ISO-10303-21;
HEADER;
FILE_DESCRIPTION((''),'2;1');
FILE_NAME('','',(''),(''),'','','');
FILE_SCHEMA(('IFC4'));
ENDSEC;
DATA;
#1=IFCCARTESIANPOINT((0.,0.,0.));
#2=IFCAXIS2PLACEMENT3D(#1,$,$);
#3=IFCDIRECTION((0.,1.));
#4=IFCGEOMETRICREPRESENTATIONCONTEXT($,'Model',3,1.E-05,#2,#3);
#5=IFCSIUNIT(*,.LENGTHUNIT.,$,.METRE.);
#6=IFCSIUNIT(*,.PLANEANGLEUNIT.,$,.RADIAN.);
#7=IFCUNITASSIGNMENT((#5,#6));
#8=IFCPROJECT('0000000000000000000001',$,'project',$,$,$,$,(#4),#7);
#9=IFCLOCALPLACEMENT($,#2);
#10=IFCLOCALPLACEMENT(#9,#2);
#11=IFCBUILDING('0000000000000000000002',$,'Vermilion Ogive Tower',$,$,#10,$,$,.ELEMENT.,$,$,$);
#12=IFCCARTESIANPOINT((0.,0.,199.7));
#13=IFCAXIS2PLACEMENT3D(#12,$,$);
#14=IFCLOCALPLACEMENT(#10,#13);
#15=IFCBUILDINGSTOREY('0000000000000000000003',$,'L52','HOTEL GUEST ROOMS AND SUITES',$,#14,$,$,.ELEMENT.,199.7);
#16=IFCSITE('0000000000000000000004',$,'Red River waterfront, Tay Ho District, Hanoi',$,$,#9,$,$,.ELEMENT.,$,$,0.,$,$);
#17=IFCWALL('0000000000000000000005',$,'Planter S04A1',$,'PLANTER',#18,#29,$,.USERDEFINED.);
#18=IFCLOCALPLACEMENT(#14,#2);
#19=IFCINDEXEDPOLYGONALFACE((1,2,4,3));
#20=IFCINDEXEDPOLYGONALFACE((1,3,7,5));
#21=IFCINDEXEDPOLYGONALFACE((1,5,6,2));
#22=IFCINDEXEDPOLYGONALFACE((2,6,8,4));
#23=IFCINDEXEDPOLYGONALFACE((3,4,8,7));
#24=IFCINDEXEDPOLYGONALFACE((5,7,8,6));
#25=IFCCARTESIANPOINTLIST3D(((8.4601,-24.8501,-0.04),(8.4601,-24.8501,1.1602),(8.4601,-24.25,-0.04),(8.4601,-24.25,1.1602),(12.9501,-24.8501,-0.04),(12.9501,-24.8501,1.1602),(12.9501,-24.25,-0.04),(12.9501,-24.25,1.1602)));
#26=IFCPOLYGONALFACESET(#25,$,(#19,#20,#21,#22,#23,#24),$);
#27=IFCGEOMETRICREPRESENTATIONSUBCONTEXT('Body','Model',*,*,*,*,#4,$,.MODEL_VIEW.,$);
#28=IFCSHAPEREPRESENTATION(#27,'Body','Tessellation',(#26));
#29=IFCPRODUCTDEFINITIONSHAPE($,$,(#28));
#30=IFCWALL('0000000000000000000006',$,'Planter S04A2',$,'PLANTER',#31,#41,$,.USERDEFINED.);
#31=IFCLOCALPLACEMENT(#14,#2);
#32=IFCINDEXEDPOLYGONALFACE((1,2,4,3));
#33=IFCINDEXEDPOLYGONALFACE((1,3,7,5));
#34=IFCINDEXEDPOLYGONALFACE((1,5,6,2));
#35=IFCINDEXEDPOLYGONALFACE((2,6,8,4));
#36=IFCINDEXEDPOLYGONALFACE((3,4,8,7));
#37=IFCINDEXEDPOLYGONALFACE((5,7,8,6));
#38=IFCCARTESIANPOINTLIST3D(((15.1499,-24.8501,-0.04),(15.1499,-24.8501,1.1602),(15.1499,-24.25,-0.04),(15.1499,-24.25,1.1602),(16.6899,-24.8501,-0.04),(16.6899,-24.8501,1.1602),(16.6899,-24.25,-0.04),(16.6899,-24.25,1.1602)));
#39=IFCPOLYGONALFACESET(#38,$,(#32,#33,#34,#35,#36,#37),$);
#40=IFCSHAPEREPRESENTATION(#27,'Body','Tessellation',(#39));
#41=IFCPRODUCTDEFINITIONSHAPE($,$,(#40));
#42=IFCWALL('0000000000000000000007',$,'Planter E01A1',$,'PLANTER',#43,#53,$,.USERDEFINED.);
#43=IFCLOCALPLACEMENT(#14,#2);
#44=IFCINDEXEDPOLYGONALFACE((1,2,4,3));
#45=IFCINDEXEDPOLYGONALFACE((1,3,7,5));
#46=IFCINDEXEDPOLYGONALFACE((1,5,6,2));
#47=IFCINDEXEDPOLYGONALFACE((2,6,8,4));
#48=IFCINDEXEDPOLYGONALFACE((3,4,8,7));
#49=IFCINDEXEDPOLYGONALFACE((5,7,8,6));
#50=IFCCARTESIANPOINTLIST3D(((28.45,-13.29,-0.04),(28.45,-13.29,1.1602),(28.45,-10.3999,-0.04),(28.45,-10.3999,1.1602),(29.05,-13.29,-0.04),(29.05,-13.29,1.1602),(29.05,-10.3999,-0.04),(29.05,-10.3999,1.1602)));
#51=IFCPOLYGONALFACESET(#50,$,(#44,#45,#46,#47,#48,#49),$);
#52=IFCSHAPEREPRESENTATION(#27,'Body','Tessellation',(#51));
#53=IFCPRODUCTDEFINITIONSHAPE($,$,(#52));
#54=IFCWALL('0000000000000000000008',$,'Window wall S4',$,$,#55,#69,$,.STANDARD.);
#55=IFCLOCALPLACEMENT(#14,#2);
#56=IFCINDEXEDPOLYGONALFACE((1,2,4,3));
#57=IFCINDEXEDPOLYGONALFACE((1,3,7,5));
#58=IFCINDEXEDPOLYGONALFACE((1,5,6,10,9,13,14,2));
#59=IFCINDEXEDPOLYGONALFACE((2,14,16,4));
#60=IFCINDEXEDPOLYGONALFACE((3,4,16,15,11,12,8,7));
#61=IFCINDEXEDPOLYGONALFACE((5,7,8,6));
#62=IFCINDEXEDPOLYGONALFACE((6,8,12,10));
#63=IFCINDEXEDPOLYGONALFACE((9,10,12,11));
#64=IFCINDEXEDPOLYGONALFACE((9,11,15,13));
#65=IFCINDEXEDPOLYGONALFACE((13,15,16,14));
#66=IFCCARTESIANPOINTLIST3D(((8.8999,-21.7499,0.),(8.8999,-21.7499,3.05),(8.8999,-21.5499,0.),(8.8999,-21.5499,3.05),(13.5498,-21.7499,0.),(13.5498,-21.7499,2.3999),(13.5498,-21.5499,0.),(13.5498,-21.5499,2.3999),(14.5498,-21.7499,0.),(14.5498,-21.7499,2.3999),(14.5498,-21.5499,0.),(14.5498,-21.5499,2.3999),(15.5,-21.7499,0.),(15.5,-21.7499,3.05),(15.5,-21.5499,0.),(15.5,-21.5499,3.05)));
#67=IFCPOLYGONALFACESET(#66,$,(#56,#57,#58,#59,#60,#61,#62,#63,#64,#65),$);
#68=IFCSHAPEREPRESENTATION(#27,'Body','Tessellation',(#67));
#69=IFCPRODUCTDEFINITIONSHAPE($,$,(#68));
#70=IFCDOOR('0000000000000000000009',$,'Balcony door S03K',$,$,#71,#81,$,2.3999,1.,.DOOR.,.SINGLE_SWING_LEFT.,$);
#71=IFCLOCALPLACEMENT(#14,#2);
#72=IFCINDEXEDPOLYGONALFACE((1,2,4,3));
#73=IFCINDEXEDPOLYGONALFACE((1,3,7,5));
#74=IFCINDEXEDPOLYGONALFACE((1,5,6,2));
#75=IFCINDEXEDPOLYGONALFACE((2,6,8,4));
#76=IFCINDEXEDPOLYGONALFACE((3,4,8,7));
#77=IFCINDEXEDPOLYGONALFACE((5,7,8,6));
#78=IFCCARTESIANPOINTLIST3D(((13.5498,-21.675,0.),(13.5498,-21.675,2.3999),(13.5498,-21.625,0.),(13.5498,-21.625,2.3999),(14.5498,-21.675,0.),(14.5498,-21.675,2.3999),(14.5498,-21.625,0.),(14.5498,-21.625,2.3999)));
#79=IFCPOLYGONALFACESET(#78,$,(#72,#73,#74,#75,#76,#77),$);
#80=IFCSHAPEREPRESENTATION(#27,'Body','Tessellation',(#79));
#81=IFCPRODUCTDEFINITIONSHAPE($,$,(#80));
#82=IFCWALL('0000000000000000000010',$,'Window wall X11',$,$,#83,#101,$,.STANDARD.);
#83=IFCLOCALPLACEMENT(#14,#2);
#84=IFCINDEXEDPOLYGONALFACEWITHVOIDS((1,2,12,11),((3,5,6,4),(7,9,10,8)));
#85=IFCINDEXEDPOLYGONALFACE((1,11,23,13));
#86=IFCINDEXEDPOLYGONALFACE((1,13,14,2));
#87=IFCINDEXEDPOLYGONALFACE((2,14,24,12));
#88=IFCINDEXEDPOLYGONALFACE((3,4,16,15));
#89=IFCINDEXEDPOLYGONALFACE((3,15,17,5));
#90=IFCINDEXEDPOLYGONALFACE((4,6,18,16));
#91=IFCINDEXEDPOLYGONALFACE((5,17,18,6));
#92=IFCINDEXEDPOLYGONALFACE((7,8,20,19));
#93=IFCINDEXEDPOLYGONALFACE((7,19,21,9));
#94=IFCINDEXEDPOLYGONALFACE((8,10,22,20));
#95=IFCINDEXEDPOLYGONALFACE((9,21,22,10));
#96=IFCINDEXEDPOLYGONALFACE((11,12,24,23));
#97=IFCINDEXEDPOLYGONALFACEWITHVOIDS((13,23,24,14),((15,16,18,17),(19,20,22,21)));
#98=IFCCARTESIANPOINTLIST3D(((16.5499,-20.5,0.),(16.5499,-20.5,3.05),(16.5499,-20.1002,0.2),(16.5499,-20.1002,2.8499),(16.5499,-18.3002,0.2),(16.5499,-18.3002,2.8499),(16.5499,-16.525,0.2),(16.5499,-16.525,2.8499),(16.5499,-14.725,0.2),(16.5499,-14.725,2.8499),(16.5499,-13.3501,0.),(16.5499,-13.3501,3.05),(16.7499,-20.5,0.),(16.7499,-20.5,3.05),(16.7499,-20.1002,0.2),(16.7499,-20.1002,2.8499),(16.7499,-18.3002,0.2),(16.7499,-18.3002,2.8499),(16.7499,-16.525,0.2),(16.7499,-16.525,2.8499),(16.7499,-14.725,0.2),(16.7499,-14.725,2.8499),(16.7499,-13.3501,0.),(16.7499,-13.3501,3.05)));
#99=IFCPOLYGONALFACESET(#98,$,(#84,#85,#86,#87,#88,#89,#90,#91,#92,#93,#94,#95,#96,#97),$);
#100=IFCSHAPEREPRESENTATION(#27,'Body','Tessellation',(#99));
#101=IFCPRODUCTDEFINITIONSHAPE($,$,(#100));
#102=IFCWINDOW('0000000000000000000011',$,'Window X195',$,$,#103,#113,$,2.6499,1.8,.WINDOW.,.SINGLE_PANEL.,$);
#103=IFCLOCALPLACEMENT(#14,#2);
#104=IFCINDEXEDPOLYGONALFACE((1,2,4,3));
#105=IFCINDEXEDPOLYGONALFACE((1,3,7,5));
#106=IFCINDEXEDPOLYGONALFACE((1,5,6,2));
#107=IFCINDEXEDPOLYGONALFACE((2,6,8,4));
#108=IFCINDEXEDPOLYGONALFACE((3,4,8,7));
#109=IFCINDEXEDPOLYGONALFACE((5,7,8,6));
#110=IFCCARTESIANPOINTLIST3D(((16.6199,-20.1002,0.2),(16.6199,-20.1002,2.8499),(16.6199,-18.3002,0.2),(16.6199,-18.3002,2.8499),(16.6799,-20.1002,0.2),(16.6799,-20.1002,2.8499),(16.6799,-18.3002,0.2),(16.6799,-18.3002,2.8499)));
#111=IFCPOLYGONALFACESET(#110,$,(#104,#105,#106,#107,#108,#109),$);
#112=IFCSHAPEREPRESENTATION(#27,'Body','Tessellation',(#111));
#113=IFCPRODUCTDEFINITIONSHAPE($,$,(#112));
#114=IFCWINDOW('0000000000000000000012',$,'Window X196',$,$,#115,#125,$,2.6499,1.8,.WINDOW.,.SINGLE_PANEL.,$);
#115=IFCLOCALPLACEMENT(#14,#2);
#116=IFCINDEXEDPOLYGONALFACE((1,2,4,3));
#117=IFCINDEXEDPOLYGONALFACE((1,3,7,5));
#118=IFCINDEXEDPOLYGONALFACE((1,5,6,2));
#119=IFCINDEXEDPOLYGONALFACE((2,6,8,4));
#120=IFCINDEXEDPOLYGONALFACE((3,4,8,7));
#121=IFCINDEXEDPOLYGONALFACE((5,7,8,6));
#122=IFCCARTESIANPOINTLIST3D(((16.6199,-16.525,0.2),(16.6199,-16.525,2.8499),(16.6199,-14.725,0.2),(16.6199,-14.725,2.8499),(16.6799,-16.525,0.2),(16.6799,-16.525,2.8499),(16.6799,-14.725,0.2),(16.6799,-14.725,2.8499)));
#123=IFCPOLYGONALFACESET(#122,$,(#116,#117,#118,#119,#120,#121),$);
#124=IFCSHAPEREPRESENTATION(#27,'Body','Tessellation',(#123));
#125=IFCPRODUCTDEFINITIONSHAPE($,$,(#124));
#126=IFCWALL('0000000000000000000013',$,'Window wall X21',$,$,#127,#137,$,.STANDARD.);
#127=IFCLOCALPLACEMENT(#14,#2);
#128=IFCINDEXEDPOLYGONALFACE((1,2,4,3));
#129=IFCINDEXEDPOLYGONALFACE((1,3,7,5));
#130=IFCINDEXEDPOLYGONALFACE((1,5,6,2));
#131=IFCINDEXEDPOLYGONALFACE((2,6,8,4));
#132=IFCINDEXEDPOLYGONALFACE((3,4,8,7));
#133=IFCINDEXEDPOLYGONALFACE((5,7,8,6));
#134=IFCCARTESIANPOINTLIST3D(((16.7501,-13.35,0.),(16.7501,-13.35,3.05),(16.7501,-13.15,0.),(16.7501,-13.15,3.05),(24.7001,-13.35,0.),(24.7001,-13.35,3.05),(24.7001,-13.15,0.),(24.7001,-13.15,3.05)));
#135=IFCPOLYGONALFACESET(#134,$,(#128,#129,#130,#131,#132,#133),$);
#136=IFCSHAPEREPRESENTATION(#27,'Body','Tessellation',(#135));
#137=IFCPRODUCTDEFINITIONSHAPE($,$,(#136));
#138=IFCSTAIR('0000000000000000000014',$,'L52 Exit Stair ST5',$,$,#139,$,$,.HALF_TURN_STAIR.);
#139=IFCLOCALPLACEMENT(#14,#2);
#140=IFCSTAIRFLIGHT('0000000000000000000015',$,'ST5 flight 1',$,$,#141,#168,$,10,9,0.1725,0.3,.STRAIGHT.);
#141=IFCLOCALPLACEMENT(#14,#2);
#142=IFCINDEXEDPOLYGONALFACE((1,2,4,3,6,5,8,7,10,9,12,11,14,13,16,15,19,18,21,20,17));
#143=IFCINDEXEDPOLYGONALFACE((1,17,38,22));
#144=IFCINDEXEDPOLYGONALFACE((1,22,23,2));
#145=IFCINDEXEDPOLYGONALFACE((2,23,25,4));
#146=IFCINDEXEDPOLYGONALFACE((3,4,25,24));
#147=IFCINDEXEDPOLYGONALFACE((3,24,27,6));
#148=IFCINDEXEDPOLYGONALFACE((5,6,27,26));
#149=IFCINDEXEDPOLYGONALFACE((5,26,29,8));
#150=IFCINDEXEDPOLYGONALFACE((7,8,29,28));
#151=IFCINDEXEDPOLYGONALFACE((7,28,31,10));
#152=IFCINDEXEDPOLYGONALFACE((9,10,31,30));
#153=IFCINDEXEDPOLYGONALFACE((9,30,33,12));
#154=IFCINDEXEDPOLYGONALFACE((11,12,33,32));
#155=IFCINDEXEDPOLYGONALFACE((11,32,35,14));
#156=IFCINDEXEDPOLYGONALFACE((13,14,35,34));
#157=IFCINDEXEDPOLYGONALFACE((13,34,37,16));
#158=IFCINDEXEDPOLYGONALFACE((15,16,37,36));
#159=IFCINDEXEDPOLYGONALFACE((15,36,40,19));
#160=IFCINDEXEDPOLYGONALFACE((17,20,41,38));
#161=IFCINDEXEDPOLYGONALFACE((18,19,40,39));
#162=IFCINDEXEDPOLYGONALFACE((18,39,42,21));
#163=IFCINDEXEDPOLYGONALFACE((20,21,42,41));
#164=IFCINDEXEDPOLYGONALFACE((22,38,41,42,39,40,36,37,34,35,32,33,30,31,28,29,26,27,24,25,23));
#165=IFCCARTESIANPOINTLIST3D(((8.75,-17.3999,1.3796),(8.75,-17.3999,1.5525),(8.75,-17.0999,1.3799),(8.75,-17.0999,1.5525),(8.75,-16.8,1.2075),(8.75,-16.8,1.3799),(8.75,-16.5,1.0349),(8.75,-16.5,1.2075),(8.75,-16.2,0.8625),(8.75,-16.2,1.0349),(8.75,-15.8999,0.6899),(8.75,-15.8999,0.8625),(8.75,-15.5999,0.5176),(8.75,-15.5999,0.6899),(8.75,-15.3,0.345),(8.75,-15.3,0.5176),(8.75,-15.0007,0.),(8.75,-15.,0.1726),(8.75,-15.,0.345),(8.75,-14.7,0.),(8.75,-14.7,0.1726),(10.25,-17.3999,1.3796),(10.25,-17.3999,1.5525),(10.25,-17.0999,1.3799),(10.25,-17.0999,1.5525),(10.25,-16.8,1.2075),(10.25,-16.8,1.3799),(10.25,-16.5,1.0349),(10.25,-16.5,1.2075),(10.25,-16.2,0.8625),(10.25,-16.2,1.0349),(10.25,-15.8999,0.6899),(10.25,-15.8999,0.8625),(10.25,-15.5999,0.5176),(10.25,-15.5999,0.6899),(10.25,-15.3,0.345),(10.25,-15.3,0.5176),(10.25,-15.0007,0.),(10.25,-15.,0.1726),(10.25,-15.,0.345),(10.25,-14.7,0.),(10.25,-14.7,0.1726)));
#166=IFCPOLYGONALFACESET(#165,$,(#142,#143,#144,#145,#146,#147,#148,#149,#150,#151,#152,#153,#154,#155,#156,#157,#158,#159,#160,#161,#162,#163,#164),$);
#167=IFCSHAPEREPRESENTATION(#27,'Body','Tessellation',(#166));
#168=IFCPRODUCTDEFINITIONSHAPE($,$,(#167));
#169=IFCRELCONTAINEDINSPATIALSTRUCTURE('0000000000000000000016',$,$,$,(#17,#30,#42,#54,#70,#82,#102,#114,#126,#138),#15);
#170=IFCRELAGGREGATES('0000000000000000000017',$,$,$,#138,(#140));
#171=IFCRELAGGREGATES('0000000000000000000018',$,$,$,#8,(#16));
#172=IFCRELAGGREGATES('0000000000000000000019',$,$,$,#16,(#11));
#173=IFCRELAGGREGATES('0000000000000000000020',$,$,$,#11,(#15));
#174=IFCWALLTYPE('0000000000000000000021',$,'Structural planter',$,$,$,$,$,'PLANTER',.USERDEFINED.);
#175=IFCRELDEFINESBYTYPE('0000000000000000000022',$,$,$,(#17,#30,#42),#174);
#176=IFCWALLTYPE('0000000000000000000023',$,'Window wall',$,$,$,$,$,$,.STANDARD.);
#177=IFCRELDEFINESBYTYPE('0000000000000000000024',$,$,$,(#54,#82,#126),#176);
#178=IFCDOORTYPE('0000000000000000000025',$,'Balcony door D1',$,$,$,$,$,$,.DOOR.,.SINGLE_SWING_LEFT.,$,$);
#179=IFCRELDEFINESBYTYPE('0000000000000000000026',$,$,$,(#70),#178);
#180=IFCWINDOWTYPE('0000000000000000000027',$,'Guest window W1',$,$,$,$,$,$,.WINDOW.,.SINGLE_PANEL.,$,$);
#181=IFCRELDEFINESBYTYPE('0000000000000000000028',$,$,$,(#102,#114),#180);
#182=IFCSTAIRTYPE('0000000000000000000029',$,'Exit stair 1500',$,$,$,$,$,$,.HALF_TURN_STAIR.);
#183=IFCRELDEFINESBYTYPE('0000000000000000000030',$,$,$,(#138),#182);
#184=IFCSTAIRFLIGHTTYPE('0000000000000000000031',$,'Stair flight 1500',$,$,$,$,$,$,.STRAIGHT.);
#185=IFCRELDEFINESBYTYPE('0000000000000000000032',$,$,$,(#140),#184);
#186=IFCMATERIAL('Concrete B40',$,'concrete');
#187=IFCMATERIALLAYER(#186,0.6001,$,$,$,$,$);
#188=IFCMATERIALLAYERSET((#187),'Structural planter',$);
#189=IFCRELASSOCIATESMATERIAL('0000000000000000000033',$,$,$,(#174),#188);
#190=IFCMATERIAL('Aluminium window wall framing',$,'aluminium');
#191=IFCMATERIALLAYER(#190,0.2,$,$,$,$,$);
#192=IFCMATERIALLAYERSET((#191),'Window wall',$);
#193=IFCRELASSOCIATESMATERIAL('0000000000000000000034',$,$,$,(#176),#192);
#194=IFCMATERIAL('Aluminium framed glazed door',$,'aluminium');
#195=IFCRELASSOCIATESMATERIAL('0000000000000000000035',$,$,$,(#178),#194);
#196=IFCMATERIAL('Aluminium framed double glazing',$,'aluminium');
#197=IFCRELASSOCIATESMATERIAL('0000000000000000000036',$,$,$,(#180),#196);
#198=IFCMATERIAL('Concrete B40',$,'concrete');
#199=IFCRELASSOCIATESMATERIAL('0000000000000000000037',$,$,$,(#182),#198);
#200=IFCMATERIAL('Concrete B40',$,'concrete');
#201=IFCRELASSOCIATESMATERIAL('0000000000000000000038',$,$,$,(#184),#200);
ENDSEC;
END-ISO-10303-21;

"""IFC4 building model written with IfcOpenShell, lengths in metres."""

from ifc_helpers import new_model, si_unit, direction, frame, frame_2d, origin, place, context, subcontext, project, spatial, polyline, rectangle, outline, extrude, material, layer, layer_set, type_object, element, fill, aggregate, save


model = new_model("IFC4")

# Units and contexts
model_context = context("Model", 3, precision=1e-05, world=origin(), true_north=direction((0.0, 1.0)))
body_context = subcontext(model_context, "Body", "Model", "MODEL_VIEW")
ifc_project = project(units=[si_unit("LENGTHUNIT", "METRE"), si_unit("PLANEANGLEUNIT", "RADIAN")], contexts=[model_context])

# Site, building, storey
site_placement = place(None, origin())
site = spatial("IfcSite", under=ifc_project, at=site_placement, Name="Red River waterfront, Tay Ho District, Hanoi", CompositionType="ELEMENT", RefElevation=0.0)
building_placement = place(site_placement, origin())
building = spatial("IfcBuilding", under=site, at=building_placement, Name="Vermilion Ogive Tower", CompositionType="ELEMENT")
storey_placement = place(building_placement, frame((0.0, 0.0, 199.7)))
storey = spatial("IfcBuildingStorey", under=building, at=storey_placement, Name="L52", Description="HOTEL GUEST ROOMS AND SUITES", CompositionType="ELEMENT", Elevation=199.7)

# Walls
ifc_material_1 = material(Name="Concrete B40", Category="concrete")
ifc_layer_1 = layer(ifc_material_1, 0.6001)
ifc_layer_set_1 = layer_set([ifc_layer_1], Name="Structural planter")
wall_type_1 = type_object("IfcWallType", Name="Structural planter", ElementType="PLANTER", PredefinedType="USERDEFINED", material=ifc_layer_set_1)
wall_1_placement = place(storey_placement, frame((8.46, -24.55, -0.04), z_axis=(0.0, 0.0, 1.0), x_axis=(1.0, 0.0, 0.0)))
element("IfcWall", 1, at=wall_1_placement, inside=storey, type_object=wall_type_1, Name="Planter S04A1", ObjectType="PLANTER", PredefinedType="USERDEFINED", context=body_context, shape_type="SweptSolid", body=[
    extrude(rectangle(XDim=4.49, YDim=0.6001, at=frame_2d((2.2451, 0.0))), origin(), (0.0, 0.0, 1.0), 1.2002),
])
wall_2_placement = place(storey_placement, frame((15.1499, -24.55, -0.04), z_axis=(0.0, 0.0, 1.0), x_axis=(1.0, 0.0, 0.0)))
element("IfcWall", 2, at=wall_2_placement, inside=storey, type_object=wall_type_1, Name="Planter S04A2", ObjectType="PLANTER", PredefinedType="USERDEFINED", context=body_context, shape_type="SweptSolid", body=[
    extrude(rectangle(XDim=1.54, YDim=0.6001, at=frame_2d((0.77, 0.0))), origin(), (0.0, 0.0, 1.0), 1.2002),
])
wall_3_placement = place(storey_placement, frame((28.75, -13.29, -0.04), z_axis=(0.0, 0.0, 1.0), x_axis=(0.0, 1.0, 0.0)))
element("IfcWall", 3, at=wall_3_placement, inside=storey, type_object=wall_type_1, Name="Planter E01A1", ObjectType="PLANTER", PredefinedType="USERDEFINED", context=body_context, shape_type="SweptSolid", body=[
    extrude(rectangle(XDim=2.8901, YDim=0.6001, at=frame_2d((1.4451, 0.0))), origin(), (0.0, 0.0, 1.0), 1.2002),
])

# Wall, opening, door
ifc_material_2 = material(Name="Aluminium window wall framing", Category="aluminium")
ifc_layer_2 = layer(ifc_material_2, 0.2)
ifc_layer_set_2 = layer_set([ifc_layer_2], Name="Window wall")
wall_type_2 = type_object("IfcWallType", Name="Window wall", PredefinedType="STANDARD", material=ifc_layer_set_2)
wall_4_placement = place(storey_placement, frame((8.8999, -21.6499, 0.0), z_axis=(0.0, 0.0, 1.0), x_axis=(1.0, 0.0, 0.0)))
wall_4 = element("IfcWall", 4, at=wall_4_placement, inside=storey, type_object=wall_type_2, Name="Window wall S4", PredefinedType="STANDARD", context=body_context, shape_type="SweptSolid", body=[
    extrude(rectangle(XDim=6.6001, YDim=0.2, at=frame_2d((3.3, 0.0))), origin(), (0.0, 0.0, 1.0), 3.05),
])
opening_1_placement = place(wall_4_placement, frame((4.6499, 0.0, 0.0)))
opening_1 = element("IfcOpeningElement", 5, at=opening_1_placement, cuts=wall_4, PredefinedType="OPENING", context=body_context, shape_type="SweptSolid", body=[
    extrude(rectangle(XDim=1.0, YDim=2.3999, at=frame_2d((0.5, 1.2))), frame((0.0, 0.1099, 0.0), z_axis=(0.0, -1.0, 0.0), x_axis=(1.0, 0.0, 0.0)), (0.0, 0.0, 1.0), 0.22),
])
ifc_material_3 = material(Name="Aluminium framed glazed door", Category="aluminium")
door_type_1 = type_object("IfcDoorType", Name="Balcony door D1", OperationType="SINGLE_SWING_LEFT", PredefinedType="DOOR", material=ifc_material_3)
door_1_placement = place(opening_1_placement, origin())
door_1 = element("IfcDoor", 6, at=door_1_placement, inside=storey, type_object=door_type_1, Name="Balcony door S03K", OperationType="SINGLE_SWING_LEFT", OverallHeight=2.3999, OverallWidth=1.0, PredefinedType="DOOR", context=body_context, shape_type="SweptSolid", body=[
    extrude(rectangle(XDim=1.0, YDim=2.3999, at=frame_2d((0.5, 1.2))), frame((0.0, 0.0249, 0.0), z_axis=(0.0, -1.0, 0.0), x_axis=(1.0, 0.0, 0.0)), (0.0, 0.0, 1.0), 0.05),
])
fill(opening_1, door_1)

# Wall, openings, windows
wall_5_placement = place(storey_placement, frame((16.6499, -20.5, 0.0), z_axis=(0.0, 0.0, 1.0), x_axis=(0.0, 1.0, 0.0)))
wall_5 = element("IfcWall", 7, at=wall_5_placement, inside=storey, type_object=wall_type_2, Name="Window wall X11", PredefinedType="STANDARD", context=body_context, shape_type="SweptSolid", body=[
    extrude(rectangle(XDim=7.1499, YDim=0.2, at=frame_2d((3.575, 0.0))), origin(), (0.0, 0.0, 1.0), 3.05),
])
opening_2_placement = place(wall_5_placement, frame((0.3999, 0.0, 0.2)))
opening_2 = element("IfcOpeningElement", 8, at=opening_2_placement, cuts=wall_5, PredefinedType="OPENING", context=body_context, shape_type="SweptSolid", body=[
    extrude(rectangle(XDim=1.8, YDim=2.6499, at=frame_2d((0.8999, 1.325))), frame((0.0, 0.1099, 0.0), z_axis=(0.0, -1.0, 0.0), x_axis=(1.0, 0.0, 0.0)), (0.0, 0.0, 1.0), 0.22),
])
opening_3_placement = place(wall_5_placement, frame((3.9751, 0.0, 0.2)))
opening_3 = element("IfcOpeningElement", 9, at=opening_3_placement, cuts=wall_5, PredefinedType="OPENING", context=body_context, shape_type="SweptSolid", body=[
    extrude(rectangle(XDim=1.8, YDim=2.6499, at=frame_2d((0.8999, 1.325))), frame((0.0, 0.1099, 0.0), z_axis=(0.0, -1.0, 0.0), x_axis=(1.0, 0.0, 0.0)), (0.0, 0.0, 1.0), 0.22),
])
ifc_material_4 = material(Name="Aluminium framed double glazing", Category="aluminium")
window_type = type_object("IfcWindowType", Name="Guest window W1", PartitioningType="SINGLE_PANEL", PredefinedType="WINDOW", material=ifc_material_4)
window_1_placement = place(opening_2_placement, origin())
window_1 = element("IfcWindow", 10, at=window_1_placement, inside=storey, type_object=window_type, Name="Window X195", OverallHeight=2.6499, OverallWidth=1.8, PartitioningType="SINGLE_PANEL", PredefinedType="WINDOW", context=body_context, shape_type="SweptSolid", body=[
    extrude(rectangle(XDim=1.8, YDim=2.6499, at=frame_2d((0.8999, 1.325))), frame((0.0, 0.03, 0.0), z_axis=(0.0, -1.0, 0.0), x_axis=(1.0, 0.0, 0.0)), (0.0, 0.0, 1.0), 0.0601),
])
fill(opening_2, window_1)
window_2_placement = place(opening_3_placement, origin())
window_2 = element("IfcWindow", 11, at=window_2_placement, inside=storey, type_object=window_type, Name="Window X196", OverallHeight=2.6499, OverallWidth=1.8, PartitioningType="SINGLE_PANEL", PredefinedType="WINDOW", context=body_context, shape_type="SweptSolid", body=[
    extrude(rectangle(XDim=1.8, YDim=2.6499, at=frame_2d((0.8999, 1.325))), frame((0.0, 0.03, 0.0), z_axis=(0.0, -1.0, 0.0), x_axis=(1.0, 0.0, 0.0)), (0.0, 0.0, 1.0), 0.0601),
])
fill(opening_3, window_2)

# Wall
wall_6_placement = place(storey_placement, frame((16.75, -13.25, 0.0), z_axis=(0.0, 0.0, 1.0), x_axis=(1.0, 0.0, 0.0)))
element("IfcWall", 12, at=wall_6_placement, inside=storey, type_object=wall_type_2, Name="Window wall X21", PredefinedType="STANDARD", context=body_context, shape_type="SweptSolid", body=[
    extrude(rectangle(XDim=7.95, YDim=0.2, at=frame_2d((3.9751, 0.0))), origin(), (0.0, 0.0, 1.0), 3.05),
])

# Stair, stair flight
ifc_material_5 = material(Name="Concrete B40", Category="concrete")
stair_type = type_object("IfcStairType", Name="Exit stair 1500", PredefinedType="HALF_TURN_STAIR", material=ifc_material_5)
stair_placement = place(storey_placement, origin())
stair = element("IfcStair", 13, at=stair_placement, inside=storey, type_object=stair_type, Name="L52 Exit Stair ST5", PredefinedType="HALF_TURN_STAIR")
ifc_material_6 = material(Name="Concrete B40", Category="concrete")
stair_flight_type = type_object("IfcStairFlightType", Name="Stair flight 1500", PredefinedType="STRAIGHT", material=ifc_material_6)
stair_flight_1_placement = place(storey_placement, frame((9.5, -14.7, 0.0), z_axis=(0.0, 0.0, 1.0), x_axis=(0.0, -1.0, 0.0)))
stair_flight_1 = element("IfcStairFlight", 14, at=stair_flight_1_placement, type_object=stair_flight_type, Name="ST5 flight 1", NumberOfRisers=10, NumberOfTreads=9, PredefinedType="STRAIGHT", RiserHeight=0.1725, TreadLength=0.3, context=body_context, shape_type="SweptSolid", body=[
    extrude(outline(polyline([(0.0, 0.0), (0.0, 0.1726), (0.3, 0.1726), (0.3, 0.345), (0.6001, 0.345), (0.6001, 0.5176), (0.8999, 0.5176), (0.8999, 0.6899), (1.2, 0.6899), (1.2, 0.8625), (1.5, 0.8625), (1.5, 1.0349), (1.8, 1.0349), (1.8, 1.2075), (2.1001, 1.2075), (2.1001, 1.3799), (2.3999, 1.3799), (2.3999, 1.5525), (2.7, 1.5525), (2.7, 1.7251), (2.7, 1.3796), (0.3008, 0.0), (0.0, 0.0)])), frame((0.0, 0.75, 0.0), z_axis=(0.0, -1.0, 0.0), x_axis=(1.0, 0.0, 0.0)), (0.0, 0.0, 1.0), 1.5),
])
aggregate(stair, [stair_flight_1])

save(model, "model.ifc")
